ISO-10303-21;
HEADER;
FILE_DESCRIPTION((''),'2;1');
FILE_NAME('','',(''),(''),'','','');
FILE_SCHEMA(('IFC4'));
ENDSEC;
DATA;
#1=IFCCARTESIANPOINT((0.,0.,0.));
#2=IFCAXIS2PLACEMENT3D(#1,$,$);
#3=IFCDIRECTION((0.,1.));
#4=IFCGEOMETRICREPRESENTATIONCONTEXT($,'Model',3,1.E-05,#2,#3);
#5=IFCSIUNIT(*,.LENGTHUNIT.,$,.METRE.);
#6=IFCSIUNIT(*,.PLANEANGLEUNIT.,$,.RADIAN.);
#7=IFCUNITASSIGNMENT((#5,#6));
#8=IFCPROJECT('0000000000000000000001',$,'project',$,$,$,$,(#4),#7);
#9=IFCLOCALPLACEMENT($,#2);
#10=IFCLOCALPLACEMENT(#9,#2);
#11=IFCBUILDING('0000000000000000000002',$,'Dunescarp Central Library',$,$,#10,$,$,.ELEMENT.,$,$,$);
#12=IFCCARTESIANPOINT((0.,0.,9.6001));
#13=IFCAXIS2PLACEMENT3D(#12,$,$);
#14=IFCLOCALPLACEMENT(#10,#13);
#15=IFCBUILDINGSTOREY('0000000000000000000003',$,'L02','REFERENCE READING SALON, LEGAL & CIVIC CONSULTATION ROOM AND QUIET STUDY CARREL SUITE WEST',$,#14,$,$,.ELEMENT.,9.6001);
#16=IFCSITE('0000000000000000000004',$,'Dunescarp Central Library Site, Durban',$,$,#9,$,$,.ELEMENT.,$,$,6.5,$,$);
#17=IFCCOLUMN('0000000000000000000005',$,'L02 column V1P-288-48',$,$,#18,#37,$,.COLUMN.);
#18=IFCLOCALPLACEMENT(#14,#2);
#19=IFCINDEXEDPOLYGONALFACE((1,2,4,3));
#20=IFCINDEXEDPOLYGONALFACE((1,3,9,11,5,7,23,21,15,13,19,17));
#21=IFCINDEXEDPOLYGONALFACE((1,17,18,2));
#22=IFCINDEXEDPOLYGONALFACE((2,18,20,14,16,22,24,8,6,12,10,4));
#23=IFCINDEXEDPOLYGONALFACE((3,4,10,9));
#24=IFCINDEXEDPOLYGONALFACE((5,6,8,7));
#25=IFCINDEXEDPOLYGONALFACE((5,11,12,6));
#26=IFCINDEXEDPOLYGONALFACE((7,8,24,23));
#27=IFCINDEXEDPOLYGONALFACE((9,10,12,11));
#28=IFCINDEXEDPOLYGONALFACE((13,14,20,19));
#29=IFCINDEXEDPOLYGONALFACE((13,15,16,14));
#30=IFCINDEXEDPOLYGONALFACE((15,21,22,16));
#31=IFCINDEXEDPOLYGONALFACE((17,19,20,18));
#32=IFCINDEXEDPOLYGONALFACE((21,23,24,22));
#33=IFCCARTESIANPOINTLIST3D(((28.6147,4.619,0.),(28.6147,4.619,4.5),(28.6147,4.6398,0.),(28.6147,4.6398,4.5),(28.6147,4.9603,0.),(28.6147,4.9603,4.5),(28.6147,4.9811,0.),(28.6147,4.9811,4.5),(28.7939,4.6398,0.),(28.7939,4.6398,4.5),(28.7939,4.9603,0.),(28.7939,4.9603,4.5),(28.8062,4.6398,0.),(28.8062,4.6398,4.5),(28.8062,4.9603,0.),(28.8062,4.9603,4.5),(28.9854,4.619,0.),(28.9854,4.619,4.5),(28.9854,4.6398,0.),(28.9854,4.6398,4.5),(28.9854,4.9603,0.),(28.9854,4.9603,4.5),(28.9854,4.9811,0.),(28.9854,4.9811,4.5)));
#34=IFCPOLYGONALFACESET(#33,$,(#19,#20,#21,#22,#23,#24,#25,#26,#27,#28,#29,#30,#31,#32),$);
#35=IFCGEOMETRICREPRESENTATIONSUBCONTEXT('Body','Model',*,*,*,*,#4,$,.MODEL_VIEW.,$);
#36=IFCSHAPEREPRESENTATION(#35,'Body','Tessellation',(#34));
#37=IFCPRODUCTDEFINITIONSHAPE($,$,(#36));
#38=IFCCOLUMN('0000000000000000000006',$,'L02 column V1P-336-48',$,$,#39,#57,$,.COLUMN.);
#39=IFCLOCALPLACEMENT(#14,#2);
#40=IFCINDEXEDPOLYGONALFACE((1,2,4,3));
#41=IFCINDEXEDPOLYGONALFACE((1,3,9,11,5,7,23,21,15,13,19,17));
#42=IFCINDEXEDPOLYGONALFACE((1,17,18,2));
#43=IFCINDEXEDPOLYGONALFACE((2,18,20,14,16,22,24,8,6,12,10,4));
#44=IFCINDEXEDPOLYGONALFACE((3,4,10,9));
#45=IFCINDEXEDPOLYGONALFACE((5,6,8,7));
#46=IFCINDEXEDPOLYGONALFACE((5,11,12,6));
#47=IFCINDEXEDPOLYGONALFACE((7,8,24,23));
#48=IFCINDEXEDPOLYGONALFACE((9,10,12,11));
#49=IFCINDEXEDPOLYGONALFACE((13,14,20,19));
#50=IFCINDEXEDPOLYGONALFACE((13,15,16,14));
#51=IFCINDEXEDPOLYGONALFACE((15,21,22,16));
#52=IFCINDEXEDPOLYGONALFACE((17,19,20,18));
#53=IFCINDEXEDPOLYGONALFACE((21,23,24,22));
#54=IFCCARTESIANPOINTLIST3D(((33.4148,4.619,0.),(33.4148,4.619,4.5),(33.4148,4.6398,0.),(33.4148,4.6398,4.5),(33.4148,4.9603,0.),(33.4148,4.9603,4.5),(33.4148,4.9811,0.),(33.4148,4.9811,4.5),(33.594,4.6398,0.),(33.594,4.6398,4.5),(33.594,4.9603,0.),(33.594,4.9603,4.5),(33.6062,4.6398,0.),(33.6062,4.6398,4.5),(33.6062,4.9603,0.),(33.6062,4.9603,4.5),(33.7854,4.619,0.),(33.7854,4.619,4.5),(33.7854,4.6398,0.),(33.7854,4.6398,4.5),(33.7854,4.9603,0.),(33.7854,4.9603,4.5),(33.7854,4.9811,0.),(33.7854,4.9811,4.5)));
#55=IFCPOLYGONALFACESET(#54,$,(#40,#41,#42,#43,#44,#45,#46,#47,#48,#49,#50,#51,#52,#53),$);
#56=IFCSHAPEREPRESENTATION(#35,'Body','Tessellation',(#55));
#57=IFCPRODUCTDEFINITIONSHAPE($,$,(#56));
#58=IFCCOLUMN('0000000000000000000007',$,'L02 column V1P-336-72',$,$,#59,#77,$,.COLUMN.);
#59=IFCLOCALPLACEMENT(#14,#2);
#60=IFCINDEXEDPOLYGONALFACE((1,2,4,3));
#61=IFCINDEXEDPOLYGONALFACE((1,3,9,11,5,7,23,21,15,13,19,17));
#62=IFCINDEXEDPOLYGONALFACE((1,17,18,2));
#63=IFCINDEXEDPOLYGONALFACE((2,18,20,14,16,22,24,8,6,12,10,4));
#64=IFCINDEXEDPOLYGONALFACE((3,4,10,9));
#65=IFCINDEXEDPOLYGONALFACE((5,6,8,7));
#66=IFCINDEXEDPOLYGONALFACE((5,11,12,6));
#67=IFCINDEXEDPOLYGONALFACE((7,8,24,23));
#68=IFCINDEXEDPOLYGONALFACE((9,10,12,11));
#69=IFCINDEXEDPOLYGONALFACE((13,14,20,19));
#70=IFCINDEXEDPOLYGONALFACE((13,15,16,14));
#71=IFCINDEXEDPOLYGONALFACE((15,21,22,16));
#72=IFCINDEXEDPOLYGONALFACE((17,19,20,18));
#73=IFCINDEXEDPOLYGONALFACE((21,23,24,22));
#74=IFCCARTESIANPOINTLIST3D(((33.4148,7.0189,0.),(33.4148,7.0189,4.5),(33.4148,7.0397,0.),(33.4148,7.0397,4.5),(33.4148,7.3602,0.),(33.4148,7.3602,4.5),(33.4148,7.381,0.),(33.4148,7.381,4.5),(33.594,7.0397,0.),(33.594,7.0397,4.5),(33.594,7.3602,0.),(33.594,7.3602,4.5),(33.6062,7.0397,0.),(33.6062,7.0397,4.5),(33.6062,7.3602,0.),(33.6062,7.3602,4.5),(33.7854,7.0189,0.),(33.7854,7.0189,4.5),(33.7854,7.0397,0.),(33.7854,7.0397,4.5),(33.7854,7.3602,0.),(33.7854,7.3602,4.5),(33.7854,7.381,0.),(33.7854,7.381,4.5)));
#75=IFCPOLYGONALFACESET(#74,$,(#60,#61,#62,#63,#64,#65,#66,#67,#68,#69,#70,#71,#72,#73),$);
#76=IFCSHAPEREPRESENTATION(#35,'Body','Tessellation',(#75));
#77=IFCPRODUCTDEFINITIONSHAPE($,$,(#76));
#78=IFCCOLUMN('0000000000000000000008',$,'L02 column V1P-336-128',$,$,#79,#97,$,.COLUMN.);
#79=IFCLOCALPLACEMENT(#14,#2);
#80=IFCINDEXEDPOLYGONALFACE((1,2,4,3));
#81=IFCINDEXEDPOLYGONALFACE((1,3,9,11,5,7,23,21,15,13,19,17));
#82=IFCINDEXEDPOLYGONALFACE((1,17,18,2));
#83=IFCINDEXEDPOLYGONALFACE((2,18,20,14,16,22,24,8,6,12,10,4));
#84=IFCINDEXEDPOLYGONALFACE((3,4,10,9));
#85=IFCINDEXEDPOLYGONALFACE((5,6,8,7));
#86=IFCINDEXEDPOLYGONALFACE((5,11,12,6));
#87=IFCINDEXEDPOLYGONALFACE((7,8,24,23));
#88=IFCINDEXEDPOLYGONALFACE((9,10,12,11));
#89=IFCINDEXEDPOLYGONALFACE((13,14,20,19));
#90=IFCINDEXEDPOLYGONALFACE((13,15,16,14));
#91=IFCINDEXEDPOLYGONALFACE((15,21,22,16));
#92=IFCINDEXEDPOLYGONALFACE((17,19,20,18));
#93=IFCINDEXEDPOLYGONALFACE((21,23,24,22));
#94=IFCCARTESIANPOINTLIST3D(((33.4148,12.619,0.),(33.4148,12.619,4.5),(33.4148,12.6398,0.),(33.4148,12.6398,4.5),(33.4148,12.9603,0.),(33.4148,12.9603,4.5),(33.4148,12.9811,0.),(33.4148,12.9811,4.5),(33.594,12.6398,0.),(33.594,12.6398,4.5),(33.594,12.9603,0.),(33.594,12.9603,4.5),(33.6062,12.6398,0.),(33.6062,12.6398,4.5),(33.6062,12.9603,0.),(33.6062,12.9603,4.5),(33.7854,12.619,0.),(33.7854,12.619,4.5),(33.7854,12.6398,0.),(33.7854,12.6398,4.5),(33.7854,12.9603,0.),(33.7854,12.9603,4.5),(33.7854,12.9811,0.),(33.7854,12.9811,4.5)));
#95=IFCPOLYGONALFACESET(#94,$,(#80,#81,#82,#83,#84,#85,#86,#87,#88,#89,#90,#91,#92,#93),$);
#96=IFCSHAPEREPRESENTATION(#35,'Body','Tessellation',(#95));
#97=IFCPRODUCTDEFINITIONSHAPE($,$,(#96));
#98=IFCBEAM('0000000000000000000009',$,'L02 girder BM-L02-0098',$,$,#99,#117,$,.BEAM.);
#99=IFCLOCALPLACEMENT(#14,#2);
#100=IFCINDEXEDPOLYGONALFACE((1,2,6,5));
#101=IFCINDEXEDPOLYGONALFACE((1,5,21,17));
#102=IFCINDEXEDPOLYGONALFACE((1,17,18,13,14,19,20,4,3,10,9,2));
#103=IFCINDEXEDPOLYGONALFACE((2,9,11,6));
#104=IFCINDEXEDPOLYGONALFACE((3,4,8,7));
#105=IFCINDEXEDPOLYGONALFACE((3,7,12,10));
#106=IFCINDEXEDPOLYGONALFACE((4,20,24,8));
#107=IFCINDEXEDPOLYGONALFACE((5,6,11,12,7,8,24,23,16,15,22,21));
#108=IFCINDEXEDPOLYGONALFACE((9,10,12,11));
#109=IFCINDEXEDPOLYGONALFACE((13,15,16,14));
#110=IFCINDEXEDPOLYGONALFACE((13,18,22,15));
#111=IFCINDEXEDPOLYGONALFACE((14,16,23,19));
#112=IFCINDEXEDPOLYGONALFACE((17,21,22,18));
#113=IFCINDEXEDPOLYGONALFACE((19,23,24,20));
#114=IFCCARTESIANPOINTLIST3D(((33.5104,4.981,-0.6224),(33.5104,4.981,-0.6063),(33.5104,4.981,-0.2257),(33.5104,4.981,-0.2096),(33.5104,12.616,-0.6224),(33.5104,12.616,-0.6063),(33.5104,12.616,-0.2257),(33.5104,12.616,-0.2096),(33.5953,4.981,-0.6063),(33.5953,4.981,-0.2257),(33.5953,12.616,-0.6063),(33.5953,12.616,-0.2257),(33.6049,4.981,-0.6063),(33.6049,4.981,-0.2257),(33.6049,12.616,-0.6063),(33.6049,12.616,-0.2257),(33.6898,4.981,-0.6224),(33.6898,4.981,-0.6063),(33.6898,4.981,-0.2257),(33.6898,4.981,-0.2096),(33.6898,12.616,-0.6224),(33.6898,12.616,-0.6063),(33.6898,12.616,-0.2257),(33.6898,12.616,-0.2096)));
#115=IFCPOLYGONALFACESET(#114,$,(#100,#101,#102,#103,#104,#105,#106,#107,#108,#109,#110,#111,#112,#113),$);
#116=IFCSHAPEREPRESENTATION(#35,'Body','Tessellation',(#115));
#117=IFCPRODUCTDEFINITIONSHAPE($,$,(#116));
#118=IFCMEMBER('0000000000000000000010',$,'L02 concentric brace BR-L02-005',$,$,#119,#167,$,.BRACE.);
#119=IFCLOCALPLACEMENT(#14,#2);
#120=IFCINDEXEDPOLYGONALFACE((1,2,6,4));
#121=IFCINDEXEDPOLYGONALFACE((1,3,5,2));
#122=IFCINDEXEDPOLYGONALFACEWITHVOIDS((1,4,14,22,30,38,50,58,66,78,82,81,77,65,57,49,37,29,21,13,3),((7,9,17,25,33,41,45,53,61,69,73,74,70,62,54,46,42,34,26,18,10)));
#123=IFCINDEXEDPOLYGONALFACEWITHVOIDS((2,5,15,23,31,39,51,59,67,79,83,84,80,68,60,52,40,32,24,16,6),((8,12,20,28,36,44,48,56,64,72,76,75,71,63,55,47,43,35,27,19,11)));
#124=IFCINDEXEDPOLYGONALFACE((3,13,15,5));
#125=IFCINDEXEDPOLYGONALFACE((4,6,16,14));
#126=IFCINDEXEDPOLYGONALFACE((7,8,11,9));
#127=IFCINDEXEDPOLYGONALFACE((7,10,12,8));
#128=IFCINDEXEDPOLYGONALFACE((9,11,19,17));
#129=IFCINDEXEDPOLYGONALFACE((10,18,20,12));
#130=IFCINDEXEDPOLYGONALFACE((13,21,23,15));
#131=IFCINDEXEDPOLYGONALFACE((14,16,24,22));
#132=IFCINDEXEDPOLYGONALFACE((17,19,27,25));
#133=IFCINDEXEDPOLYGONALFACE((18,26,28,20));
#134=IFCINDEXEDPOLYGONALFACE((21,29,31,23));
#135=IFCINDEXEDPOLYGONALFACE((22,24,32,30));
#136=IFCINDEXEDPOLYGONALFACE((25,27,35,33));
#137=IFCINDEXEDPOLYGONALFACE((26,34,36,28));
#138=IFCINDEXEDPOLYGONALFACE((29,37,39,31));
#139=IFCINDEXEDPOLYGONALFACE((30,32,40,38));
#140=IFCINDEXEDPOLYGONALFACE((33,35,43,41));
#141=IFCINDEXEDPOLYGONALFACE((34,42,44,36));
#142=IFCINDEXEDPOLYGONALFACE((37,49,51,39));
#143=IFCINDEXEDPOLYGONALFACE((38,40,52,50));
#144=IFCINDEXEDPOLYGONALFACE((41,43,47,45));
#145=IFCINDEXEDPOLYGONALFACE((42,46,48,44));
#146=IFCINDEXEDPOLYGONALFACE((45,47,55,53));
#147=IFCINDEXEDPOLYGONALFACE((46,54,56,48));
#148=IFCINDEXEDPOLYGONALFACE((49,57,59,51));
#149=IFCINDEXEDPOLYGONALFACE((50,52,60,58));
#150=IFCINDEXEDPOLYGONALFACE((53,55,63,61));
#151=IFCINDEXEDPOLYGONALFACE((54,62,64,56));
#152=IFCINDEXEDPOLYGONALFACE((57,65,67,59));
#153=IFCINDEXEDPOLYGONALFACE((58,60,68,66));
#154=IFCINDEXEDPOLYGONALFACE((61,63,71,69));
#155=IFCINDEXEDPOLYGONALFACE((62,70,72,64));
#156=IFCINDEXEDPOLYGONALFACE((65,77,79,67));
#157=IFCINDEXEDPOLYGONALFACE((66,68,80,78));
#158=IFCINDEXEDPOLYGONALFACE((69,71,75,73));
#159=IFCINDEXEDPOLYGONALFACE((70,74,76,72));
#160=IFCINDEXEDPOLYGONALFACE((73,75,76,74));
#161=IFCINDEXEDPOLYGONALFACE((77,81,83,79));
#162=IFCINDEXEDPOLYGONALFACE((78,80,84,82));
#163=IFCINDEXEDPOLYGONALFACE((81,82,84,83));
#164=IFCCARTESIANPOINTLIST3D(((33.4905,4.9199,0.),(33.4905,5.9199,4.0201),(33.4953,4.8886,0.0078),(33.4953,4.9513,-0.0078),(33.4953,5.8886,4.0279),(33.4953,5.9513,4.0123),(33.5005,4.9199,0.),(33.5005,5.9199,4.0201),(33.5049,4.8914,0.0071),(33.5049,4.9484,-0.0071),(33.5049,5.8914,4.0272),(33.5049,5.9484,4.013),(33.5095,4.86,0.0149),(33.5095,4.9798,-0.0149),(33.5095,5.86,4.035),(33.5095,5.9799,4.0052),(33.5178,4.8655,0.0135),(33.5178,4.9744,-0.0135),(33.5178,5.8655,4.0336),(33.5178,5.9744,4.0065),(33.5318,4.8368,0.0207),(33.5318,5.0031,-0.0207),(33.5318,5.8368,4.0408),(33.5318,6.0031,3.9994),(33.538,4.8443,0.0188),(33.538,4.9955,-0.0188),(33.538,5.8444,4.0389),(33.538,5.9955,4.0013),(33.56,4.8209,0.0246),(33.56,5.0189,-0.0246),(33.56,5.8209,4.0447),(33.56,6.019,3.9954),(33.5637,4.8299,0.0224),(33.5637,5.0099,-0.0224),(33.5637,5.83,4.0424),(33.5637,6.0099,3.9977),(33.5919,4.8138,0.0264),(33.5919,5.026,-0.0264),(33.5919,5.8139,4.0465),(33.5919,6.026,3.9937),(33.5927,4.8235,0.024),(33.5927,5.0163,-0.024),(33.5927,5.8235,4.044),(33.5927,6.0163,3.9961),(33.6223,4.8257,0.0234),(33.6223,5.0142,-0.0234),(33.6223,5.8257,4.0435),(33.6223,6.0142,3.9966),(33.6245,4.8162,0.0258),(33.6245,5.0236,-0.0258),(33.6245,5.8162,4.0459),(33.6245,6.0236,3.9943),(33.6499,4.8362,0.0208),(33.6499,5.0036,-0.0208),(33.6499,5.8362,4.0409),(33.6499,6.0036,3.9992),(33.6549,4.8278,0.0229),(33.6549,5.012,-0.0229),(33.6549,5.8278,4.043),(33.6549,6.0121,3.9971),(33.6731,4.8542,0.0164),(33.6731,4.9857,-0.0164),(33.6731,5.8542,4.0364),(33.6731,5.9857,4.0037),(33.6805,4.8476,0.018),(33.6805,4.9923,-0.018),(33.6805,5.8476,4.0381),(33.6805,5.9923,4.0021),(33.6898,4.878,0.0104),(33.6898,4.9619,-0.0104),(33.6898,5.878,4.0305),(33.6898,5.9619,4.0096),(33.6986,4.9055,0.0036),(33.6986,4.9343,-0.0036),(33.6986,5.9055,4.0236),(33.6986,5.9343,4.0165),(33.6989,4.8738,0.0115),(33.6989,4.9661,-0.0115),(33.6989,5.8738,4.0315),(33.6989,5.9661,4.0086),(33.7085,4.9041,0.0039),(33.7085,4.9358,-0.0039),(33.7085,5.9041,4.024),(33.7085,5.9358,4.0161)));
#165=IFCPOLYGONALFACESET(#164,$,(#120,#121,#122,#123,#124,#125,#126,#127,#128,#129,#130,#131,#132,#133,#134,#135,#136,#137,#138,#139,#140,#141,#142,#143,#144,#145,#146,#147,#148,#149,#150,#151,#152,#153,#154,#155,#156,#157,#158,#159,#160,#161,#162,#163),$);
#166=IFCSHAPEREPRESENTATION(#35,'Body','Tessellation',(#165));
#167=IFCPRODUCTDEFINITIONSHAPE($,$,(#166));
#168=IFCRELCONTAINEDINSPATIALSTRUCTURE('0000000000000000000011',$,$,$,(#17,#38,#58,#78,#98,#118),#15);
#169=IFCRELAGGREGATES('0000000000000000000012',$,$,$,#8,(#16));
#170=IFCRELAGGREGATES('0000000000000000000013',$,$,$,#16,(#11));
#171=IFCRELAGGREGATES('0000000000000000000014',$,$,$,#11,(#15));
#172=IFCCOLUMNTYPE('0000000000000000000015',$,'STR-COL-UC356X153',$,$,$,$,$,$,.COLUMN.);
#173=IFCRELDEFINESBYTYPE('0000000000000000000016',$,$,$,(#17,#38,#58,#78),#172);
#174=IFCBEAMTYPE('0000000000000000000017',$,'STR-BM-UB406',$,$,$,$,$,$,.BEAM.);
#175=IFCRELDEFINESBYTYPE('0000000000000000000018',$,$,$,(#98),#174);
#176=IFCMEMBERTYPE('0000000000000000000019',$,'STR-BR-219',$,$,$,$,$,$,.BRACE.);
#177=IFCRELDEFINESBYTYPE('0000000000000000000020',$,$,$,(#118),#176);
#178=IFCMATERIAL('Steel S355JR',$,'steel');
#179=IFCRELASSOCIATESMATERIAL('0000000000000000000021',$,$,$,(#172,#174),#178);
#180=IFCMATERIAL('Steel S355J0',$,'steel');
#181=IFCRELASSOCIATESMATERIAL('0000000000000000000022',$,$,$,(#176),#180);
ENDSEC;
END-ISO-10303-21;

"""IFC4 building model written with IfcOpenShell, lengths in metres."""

from ifc_helpers import new_model, si_unit, direction, frame, origin, origin_2d, place, context, subcontext, project, spatial, hollow_circle, i_section, extrude, material, material_profile, profile_set, type_object, element, save


model = new_model("IFC4")

# Units and contexts
model_context = context("Model", 3, precision=1e-05, world=origin(), true_north=direction((0.0, 1.0)))
body_context = subcontext(model_context, "Body", "Model", "MODEL_VIEW")
ifc_project = project(units=[si_unit("LENGTHUNIT", "METRE"), si_unit("PLANEANGLEUNIT", "RADIAN")], contexts=[model_context])

# Site, building, storey
site_placement = place(None, origin())
site = spatial("IfcSite", under=ifc_project, at=site_placement, Name="Dunescarp Central Library Site, Durban", CompositionType="ELEMENT", RefElevation=6.5)
building_placement = place(site_placement, origin())
building = spatial("IfcBuilding", under=site, at=building_placement, Name="Dunescarp Central Library", CompositionType="ELEMENT")
storey_placement = place(building_placement, frame((0.0, 0.0, 9.6001)))
storey = spatial("IfcBuildingStorey", under=building, at=storey_placement, Name="L02", Description="REFERENCE READING SALON, LEGAL & CIVIC CONSULTATION ROOM AND QUIET STUDY CARREL SUITE WEST", CompositionType="ELEMENT", Elevation=9.6001)

# Columns
ifc_material_1 = material(Name="Steel S355JR", Category="steel")
ifc_material_profile_1 = material_profile(ifc_material_1, i_section(OverallWidth=0.3706, OverallDepth=0.3621, WebThickness=0.0122, FlangeThickness=0.0208, at=origin_2d()), Name="UC 356x368x153")
ifc_profile_set_1 = profile_set([ifc_material_profile_1], Name="Steel S355JR")
column_type = type_object("IfcColumnType", Name="STR-COL-UC356X153", PredefinedType="COLUMN", material=ifc_profile_set_1)
for number, where, z_axis, x_axis, name in (
    (1, (28.8, 4.8, 0.0), (0.0, 0.0, 1.0), (1.0, 0.0, 0.0), "L02 column V1P-288-48"),
    (2, (33.6001, 4.8, 0.0), (0.0, 0.0, 1.0), (1.0, 0.0, 0.0), "L02 column V1P-336-48"),
    (3, (33.6001, 7.2, 0.0), (0.0, 0.0, 1.0), (1.0, 0.0, 0.0), "L02 column V1P-336-72"),
    (4, (33.6001, 12.8, 0.0), (0.0, 0.0, 1.0), (1.0, 0.0, 0.0), "L02 column V1P-336-128"),
):
    element("IfcColumn", number, at=place(storey_placement, frame(where, z_axis=z_axis, x_axis=x_axis)), inside=storey, type_object=column_type, Name=name, PredefinedType="COLUMN", context=body_context, shape_type="SweptSolid", body=[
        extrude(i_section(OverallWidth=0.3706, OverallDepth=0.3621, WebThickness=0.0122, FlangeThickness=0.0208, at=origin_2d()), origin(), (0.0, 0.0, 1.0), 4.5),
    ])

# Beam
ifc_material_profile_2 = material_profile(ifc_material_1, i_section(OverallWidth=0.1794, OverallDepth=0.4128, WebThickness=0.0095, FlangeThickness=0.0161, at=origin_2d()), Name="UB 406x178x74")
ifc_profile_set_2 = profile_set([ifc_material_profile_2], Name="Steel S355JR")
beam_type_1 = type_object("IfcBeamType", Name="STR-BM-UB406", PredefinedType="BEAM", material=ifc_profile_set_2)
beam_1_placement = place(storey_placement, frame((33.6001, 4.981, -0.416), z_axis=(0.0, 1.0, 0.0), x_axis=(-1.0, 0.0, 0.0)))
element("IfcBeam", 5, at=beam_1_placement, inside=storey, type_object=beam_type_1, Name="L02 girder BM-L02-0098", PredefinedType="BEAM", context=body_context, shape_type="SweptSolid", body=[
    extrude(i_section(OverallWidth=0.1794, OverallDepth=0.4128, WebThickness=0.0095, FlangeThickness=0.0161, at=origin_2d()), origin(), (0.0, 0.0, 1.0), 7.635),
])

# Member
ifc_material_2 = material(Name="Steel S355J0", Category="steel")
ifc_material_profile_3 = material_profile(ifc_material_2, hollow_circle(Radius=0.1096, WallThickness=0.01, at=origin_2d()), Name="CHS 219.1x10")
ifc_profile_set_3 = profile_set([ifc_material_profile_3], Name="Steel S355J0")
member_type = type_object("IfcMemberType", Name="STR-BR-219", PredefinedType="BRACE", material=ifc_profile_set_3)
for number, where, z_axis, x_axis, name in (
    (6, (33.6001, 4.9199, 0.0), (0.0, 0.241398, 0.970426), (-1.0, 0.0, 0.0), "L02 concentric brace BR-L02-005"),
):
    element("IfcMember", number, at=place(storey_placement, frame(where, z_axis=z_axis, x_axis=x_axis)), inside=storey, type_object=member_type, Name=name, PredefinedType="BRACE", context=body_context, shape_type="SweptSolid", body=[
        extrude(hollow_circle(Radius=0.1096, WallThickness=0.01, at=origin_2d()), origin(), (0.0, 0.0, 1.0), 4.1426),
    ])

save(model, "model.ifc")
